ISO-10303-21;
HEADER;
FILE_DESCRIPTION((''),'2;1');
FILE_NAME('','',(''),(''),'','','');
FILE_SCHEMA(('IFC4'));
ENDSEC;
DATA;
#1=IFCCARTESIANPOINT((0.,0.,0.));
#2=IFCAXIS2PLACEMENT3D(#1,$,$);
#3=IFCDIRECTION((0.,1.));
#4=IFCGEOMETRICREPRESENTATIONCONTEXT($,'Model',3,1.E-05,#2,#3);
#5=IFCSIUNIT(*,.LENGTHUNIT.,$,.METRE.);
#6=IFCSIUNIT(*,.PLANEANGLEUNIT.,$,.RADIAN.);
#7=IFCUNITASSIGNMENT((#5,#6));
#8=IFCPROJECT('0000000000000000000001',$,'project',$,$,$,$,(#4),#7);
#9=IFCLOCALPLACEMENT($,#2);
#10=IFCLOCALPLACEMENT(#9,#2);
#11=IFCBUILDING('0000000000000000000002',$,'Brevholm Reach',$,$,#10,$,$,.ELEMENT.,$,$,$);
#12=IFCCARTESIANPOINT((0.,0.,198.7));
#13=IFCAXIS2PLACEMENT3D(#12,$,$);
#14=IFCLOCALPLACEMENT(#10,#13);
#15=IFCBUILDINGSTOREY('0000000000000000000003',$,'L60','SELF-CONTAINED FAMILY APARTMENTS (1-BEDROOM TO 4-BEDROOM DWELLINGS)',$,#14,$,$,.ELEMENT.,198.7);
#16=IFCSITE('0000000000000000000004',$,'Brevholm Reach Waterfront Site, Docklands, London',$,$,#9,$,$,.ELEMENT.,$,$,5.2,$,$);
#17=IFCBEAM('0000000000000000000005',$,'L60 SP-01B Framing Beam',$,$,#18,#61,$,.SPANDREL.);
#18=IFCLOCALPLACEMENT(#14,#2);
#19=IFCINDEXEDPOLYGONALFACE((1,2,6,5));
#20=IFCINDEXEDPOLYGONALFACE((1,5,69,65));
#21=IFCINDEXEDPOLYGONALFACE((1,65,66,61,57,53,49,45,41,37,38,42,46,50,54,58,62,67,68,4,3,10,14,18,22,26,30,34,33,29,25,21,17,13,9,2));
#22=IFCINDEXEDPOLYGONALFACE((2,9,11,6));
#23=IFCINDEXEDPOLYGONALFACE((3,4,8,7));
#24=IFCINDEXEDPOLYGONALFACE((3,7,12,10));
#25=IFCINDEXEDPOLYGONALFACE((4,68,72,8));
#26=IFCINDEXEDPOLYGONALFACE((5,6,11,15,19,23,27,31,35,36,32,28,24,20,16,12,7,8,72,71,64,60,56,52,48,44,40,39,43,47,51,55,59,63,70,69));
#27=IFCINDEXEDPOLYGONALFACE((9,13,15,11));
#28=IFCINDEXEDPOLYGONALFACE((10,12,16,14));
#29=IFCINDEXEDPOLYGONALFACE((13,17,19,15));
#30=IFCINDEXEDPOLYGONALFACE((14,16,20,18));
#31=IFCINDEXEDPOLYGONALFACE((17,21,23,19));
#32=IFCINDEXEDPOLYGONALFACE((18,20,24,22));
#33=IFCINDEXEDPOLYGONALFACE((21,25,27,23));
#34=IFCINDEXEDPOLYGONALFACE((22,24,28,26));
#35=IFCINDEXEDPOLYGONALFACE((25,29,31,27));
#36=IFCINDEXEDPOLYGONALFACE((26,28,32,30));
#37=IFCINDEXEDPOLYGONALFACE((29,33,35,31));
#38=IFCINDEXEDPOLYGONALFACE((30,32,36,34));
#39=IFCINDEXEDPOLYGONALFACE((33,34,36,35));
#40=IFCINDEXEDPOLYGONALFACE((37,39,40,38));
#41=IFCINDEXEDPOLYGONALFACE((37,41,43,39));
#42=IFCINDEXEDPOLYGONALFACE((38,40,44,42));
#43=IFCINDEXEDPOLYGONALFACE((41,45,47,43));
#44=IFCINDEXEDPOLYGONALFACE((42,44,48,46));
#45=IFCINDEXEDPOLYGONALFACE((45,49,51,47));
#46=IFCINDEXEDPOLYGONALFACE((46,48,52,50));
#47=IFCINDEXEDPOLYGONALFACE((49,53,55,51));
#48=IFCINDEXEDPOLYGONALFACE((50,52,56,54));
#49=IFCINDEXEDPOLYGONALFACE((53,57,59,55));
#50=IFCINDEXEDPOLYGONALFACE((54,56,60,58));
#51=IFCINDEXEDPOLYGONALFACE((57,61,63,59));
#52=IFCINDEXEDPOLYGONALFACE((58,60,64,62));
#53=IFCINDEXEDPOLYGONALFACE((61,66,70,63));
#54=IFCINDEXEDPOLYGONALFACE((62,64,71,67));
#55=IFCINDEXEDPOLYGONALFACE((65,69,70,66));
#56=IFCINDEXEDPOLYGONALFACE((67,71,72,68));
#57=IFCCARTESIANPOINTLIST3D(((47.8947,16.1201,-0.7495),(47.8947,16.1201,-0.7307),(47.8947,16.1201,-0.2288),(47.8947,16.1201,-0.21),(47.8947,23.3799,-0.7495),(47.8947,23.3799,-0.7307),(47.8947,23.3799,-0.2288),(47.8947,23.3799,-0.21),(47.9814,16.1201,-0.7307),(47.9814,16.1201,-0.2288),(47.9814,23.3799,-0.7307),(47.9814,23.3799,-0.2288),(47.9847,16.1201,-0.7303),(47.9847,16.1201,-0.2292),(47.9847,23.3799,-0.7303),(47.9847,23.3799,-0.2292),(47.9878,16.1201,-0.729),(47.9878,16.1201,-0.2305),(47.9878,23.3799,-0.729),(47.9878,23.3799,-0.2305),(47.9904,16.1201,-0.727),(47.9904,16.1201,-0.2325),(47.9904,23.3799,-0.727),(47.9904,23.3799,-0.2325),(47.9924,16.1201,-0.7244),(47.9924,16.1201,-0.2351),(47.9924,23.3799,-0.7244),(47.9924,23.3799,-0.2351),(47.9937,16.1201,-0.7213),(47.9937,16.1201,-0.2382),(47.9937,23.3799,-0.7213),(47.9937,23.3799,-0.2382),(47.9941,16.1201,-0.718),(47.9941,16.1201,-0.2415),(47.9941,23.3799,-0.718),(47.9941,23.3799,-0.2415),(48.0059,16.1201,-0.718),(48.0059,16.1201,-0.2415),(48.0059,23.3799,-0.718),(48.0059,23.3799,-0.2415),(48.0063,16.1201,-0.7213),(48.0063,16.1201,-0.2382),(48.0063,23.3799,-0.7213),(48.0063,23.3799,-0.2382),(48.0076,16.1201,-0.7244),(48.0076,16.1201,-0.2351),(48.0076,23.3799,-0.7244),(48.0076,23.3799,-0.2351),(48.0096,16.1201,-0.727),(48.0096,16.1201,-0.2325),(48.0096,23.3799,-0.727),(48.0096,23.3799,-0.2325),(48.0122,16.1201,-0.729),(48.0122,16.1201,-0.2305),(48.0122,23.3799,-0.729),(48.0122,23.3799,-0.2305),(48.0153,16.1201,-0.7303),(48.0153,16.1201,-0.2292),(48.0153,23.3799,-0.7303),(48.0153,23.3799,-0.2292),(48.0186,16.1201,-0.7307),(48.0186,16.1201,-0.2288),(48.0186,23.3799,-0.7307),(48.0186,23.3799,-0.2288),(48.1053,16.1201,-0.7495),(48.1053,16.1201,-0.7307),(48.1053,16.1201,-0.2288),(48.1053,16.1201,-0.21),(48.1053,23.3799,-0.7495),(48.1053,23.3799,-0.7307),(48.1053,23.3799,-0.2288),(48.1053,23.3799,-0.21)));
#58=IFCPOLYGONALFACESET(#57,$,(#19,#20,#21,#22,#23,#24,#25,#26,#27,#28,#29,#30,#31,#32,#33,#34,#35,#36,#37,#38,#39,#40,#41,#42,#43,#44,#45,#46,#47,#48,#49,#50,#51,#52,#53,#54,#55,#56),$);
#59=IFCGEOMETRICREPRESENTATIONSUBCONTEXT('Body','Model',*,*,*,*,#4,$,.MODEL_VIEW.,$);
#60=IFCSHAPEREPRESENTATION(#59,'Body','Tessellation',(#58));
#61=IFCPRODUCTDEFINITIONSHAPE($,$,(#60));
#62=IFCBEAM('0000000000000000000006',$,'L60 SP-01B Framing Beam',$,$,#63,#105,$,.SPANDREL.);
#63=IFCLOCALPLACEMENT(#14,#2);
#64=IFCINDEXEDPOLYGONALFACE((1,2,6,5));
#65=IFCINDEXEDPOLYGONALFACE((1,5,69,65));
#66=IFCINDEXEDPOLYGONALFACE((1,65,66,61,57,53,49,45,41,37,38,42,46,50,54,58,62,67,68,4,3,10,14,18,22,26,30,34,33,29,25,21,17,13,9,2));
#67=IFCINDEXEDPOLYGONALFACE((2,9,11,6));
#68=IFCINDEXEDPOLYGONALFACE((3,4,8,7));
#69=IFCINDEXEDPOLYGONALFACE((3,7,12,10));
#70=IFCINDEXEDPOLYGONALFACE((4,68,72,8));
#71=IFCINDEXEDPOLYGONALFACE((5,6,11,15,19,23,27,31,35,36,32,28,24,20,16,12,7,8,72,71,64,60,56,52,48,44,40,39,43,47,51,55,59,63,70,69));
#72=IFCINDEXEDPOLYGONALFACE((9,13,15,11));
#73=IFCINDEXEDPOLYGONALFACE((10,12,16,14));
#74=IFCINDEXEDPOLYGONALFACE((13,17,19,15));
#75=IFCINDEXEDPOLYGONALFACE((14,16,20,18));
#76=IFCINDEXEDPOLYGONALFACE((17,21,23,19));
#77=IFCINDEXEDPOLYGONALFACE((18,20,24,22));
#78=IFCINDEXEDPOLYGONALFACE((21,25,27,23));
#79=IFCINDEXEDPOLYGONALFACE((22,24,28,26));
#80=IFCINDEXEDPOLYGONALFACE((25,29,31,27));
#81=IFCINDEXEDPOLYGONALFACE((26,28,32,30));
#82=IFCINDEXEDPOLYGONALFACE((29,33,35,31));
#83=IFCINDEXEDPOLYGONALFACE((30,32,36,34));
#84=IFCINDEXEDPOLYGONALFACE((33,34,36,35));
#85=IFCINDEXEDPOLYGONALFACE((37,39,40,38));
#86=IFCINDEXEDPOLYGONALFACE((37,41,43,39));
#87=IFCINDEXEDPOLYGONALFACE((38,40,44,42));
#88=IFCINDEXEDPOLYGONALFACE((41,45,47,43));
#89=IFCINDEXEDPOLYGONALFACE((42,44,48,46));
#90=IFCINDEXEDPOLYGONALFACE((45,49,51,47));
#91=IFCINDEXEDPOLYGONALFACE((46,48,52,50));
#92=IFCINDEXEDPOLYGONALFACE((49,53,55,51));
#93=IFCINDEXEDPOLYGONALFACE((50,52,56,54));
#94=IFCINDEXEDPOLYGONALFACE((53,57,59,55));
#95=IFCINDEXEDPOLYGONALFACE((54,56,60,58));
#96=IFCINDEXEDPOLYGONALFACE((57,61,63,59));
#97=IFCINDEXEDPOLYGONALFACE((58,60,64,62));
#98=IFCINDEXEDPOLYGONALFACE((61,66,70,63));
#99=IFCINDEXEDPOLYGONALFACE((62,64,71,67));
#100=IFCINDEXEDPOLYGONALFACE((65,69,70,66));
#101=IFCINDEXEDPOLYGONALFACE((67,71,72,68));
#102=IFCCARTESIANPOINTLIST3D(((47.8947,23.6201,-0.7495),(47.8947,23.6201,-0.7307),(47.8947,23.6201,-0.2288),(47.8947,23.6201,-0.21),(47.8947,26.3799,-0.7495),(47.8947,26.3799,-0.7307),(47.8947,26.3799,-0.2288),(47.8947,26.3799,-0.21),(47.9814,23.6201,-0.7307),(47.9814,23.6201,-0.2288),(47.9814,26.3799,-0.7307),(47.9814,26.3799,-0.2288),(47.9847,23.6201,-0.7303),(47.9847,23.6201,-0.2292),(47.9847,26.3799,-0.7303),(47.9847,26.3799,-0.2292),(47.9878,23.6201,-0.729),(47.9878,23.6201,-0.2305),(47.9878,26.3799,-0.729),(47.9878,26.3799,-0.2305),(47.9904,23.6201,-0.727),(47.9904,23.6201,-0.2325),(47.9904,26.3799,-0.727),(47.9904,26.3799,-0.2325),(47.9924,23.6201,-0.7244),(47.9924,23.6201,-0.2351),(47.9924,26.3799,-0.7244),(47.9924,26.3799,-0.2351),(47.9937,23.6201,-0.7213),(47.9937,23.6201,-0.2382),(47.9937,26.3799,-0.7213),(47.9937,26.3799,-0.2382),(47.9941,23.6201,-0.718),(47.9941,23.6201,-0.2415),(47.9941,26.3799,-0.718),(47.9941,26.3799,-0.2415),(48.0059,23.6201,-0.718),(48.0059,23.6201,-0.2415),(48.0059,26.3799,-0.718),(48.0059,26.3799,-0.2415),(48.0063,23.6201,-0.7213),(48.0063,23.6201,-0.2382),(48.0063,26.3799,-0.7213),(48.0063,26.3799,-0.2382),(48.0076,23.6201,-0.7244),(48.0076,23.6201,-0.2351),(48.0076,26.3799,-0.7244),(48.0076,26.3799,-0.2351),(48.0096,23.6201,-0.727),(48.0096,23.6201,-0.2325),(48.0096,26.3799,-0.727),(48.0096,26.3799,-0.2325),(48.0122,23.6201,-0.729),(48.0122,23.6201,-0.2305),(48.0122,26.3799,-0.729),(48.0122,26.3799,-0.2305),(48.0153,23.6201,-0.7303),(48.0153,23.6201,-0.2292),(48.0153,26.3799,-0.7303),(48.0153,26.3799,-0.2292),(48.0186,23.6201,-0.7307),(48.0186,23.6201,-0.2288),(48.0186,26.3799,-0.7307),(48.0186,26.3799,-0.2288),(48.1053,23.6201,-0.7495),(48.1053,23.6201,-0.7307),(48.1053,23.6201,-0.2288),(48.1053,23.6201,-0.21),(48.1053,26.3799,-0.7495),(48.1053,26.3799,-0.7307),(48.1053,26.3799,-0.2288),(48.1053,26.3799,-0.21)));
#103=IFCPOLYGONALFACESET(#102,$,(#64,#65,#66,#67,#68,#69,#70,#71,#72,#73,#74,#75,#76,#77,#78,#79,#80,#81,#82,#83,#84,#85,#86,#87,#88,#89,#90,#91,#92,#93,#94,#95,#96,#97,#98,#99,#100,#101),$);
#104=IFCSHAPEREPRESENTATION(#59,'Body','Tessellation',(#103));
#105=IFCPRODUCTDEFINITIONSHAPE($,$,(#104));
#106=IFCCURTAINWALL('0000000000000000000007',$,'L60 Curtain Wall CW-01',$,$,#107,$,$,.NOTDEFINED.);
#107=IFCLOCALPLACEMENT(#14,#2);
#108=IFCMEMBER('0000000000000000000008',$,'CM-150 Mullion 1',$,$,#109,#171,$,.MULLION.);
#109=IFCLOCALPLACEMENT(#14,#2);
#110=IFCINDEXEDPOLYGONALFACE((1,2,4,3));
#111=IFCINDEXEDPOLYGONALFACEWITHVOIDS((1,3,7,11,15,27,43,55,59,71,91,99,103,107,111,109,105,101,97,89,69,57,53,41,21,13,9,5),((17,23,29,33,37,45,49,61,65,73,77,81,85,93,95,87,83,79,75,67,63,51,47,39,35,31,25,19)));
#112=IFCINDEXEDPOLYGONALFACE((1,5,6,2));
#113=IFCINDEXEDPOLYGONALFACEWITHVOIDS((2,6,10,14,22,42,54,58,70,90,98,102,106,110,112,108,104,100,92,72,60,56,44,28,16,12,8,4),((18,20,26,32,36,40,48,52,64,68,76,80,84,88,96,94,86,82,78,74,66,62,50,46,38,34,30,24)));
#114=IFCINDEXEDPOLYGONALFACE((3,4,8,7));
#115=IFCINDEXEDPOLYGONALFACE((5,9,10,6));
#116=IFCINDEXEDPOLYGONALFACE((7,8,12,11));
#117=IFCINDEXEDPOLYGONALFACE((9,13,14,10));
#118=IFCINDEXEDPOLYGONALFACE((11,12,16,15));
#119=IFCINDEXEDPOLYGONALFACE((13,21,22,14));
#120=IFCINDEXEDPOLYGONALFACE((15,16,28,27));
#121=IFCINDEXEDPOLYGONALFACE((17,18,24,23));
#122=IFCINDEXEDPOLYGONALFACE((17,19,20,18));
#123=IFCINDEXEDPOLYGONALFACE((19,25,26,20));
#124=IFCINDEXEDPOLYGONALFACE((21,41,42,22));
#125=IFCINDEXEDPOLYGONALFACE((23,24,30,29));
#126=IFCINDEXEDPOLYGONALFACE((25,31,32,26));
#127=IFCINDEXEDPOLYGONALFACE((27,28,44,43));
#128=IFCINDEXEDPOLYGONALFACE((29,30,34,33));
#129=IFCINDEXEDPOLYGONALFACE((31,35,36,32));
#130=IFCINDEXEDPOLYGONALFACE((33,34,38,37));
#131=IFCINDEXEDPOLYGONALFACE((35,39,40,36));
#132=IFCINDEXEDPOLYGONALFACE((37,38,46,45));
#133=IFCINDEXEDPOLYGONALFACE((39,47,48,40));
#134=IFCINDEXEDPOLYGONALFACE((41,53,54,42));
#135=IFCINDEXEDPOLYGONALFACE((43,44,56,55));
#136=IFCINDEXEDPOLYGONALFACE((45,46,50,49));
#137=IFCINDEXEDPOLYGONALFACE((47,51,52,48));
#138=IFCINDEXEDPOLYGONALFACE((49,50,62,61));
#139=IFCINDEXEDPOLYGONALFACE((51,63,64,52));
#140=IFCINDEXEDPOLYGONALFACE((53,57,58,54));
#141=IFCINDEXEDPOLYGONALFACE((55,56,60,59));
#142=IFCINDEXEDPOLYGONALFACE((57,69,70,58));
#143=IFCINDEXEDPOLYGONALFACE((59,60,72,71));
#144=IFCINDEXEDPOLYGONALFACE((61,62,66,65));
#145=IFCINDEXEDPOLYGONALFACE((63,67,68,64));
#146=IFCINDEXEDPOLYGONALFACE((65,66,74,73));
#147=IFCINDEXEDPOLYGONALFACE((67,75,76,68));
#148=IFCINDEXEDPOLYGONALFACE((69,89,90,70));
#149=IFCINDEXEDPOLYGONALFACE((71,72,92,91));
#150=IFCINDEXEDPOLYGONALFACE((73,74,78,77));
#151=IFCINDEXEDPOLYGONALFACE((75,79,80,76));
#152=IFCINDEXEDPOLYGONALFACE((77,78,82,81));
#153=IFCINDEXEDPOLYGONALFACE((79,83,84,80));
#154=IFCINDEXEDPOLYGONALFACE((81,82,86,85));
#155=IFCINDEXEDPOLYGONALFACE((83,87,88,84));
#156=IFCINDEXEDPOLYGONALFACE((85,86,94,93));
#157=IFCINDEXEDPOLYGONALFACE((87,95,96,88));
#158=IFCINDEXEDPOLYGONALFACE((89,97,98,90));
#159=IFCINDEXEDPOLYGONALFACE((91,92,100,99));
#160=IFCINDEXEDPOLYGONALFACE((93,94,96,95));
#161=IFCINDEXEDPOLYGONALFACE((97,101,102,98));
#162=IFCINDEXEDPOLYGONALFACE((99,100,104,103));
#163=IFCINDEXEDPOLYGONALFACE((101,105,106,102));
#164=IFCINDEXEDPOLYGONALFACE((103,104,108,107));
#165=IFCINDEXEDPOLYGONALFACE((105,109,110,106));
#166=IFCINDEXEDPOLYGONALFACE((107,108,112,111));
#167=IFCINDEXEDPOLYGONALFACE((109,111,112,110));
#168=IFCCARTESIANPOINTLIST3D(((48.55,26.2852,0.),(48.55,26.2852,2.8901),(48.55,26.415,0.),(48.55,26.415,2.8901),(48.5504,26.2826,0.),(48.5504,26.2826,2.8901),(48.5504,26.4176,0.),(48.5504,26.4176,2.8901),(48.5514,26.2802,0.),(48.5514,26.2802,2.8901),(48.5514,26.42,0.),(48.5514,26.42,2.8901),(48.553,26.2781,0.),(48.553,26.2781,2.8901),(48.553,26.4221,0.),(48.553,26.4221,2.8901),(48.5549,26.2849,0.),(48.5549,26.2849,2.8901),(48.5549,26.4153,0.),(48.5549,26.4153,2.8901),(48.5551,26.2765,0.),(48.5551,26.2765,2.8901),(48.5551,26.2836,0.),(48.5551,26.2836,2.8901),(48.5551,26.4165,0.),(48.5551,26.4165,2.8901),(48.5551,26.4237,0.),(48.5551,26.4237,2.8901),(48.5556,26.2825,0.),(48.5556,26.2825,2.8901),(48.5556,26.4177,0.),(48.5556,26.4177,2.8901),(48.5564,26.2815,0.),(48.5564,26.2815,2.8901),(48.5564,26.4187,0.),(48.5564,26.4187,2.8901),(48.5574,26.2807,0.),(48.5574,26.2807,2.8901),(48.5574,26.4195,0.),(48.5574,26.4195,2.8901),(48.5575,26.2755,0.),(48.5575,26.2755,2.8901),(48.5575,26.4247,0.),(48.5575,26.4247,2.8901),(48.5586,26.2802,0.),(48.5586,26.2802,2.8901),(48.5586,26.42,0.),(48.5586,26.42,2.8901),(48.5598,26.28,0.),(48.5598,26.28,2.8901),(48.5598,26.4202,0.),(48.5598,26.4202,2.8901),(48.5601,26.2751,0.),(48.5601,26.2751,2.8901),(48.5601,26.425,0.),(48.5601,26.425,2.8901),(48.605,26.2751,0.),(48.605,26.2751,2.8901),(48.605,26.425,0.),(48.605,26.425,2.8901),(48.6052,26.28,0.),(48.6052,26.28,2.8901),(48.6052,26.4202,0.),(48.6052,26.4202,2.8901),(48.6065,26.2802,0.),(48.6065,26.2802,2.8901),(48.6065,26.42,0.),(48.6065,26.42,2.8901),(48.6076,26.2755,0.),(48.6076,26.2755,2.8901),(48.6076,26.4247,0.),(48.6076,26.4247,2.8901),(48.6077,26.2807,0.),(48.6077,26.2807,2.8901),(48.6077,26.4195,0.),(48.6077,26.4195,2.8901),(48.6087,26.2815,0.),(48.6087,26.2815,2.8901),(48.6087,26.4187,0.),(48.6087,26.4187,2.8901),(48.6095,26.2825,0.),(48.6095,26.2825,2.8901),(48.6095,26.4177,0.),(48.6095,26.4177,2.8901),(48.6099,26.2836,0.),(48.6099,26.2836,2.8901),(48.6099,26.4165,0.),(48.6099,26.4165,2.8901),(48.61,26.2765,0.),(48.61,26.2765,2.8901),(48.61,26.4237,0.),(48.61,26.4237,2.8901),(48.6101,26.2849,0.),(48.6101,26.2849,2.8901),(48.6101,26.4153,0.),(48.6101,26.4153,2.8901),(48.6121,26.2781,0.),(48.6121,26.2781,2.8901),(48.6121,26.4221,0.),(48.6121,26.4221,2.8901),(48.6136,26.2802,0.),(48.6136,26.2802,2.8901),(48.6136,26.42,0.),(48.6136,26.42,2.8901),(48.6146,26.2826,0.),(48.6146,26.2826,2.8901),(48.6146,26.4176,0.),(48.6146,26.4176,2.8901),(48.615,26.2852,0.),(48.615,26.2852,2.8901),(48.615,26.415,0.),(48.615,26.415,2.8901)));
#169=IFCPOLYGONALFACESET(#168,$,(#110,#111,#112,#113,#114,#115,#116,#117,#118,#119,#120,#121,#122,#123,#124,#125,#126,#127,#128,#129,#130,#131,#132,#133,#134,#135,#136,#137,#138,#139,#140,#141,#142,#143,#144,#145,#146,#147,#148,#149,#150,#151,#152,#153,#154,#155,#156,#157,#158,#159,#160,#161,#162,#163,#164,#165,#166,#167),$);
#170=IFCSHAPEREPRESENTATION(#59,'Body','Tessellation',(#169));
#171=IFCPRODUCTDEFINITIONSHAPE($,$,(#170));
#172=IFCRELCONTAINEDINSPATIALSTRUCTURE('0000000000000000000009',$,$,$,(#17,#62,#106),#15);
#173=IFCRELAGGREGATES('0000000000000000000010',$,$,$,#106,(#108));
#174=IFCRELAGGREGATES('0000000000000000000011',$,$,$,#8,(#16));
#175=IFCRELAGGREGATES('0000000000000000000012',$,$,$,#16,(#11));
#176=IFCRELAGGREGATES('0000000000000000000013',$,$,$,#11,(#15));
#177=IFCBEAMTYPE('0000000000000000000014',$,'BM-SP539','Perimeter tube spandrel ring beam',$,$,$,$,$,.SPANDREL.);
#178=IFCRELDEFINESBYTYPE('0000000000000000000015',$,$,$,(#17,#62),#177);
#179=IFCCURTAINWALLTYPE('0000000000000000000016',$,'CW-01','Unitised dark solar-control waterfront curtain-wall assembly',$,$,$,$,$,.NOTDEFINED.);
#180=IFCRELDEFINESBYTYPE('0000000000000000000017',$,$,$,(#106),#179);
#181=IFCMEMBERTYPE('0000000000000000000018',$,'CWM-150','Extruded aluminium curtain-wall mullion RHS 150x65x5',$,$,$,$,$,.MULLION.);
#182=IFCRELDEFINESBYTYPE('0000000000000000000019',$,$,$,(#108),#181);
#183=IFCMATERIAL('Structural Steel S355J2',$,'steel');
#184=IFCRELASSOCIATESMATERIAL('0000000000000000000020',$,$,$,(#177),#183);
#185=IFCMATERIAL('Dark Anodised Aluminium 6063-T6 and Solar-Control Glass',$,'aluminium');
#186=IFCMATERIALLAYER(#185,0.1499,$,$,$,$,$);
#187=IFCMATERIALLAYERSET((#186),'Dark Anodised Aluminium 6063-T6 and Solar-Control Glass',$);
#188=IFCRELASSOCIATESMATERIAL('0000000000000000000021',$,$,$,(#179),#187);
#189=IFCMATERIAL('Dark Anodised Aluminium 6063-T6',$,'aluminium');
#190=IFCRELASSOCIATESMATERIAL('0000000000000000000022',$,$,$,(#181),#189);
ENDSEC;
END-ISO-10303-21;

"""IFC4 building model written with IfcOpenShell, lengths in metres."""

from ifc_helpers import new_model, si_unit, direction, frame, origin, origin_2d, place, context, subcontext, project, spatial, hollow_rectangle, i_section, extrude, material, layer, layer_set, material_profile, profile_set, type_object, element, aggregate, save


model = new_model("IFC4")

# Units and contexts
model_context = context("Model", 3, precision=1e-05, world=origin(), true_north=direction((0.0, 1.0)))
body_context = subcontext(model_context, "Body", "Model", "MODEL_VIEW")
ifc_project = project(units=[si_unit("LENGTHUNIT", "METRE"), si_unit("PLANEANGLEUNIT", "RADIAN")], contexts=[model_context])

# Site, building, storey
site_placement = place(None, origin())
site = spatial("IfcSite", under=ifc_project, at=site_placement, Name="Brevholm Reach Waterfront Site, Docklands, London", CompositionType="ELEMENT", RefElevation=5.2)
building_placement = place(site_placement, origin())
building = spatial("IfcBuilding", under=site, at=building_placement, Name="Brevholm Reach", CompositionType="ELEMENT")
storey_placement = place(building_placement, frame((0.0, 0.0, 198.7)))
storey = spatial("IfcBuildingStorey", under=building, at=storey_placement, Name="L60", Description="SELF-CONTAINED FAMILY APARTMENTS (1-BEDROOM TO 4-BEDROOM DWELLINGS)", CompositionType="ELEMENT", Elevation=198.7)

# Beams
ifc_material_1 = material(Name="Structural Steel S355J2", Category="steel")
ifc_material_profile_1 = material_profile(ifc_material_1, i_section(OverallWidth=0.2107, OverallDepth=0.5396, WebThickness=0.0117, FlangeThickness=0.0188, FilletRadius=0.0127, at=origin_2d()), Name="UKB 533x210x109")
ifc_profile_set_1 = profile_set([ifc_material_profile_1], Name="Structural Steel S355J2")
beam_type_1 = type_object("IfcBeamType", Name="BM-SP539", Description="Perimeter tube spandrel ring beam", PredefinedType="SPANDREL", material=ifc_profile_set_1)
beam_1_placement = place(storey_placement, frame((48.0, 16.1201, -0.4797), z_axis=(0.0, 1.0, 0.0), x_axis=(-1.0, 0.0, 0.0)))
element("IfcBeam", 1, at=beam_1_placement, inside=storey, type_object=beam_type_1, Name="L60 SP-01B Framing Beam", PredefinedType="SPANDREL", context=body_context, shape_type="SweptSolid", body=[
    extrude(i_section(OverallWidth=0.2107, OverallDepth=0.5396, WebThickness=0.0117, FlangeThickness=0.0188, FilletRadius=0.0127, at=origin_2d()), origin(), (0.0, 0.0, 1.0), 7.2598),
])
beam_2_placement = place(storey_placement, frame((48.0, 23.6201, -0.4797), z_axis=(0.0, 1.0, 0.0), x_axis=(-1.0, 0.0, 0.0)))
element("IfcBeam", 2, at=beam_2_placement, inside=storey, type_object=beam_type_1, Name="L60 SP-01B Framing Beam", PredefinedType="SPANDREL", context=body_context, shape_type="SweptSolid", body=[
    extrude(i_section(OverallWidth=0.2107, OverallDepth=0.5396, WebThickness=0.0117, FlangeThickness=0.0188, FilletRadius=0.0127, at=origin_2d()), origin(), (0.0, 0.0, 1.0), 2.7598),
])

# Curtain wall, member
ifc_material_2 = material(Name="Dark Anodised Aluminium 6063-T6 and Solar-Control Glass", Category="aluminium")
ifc_layer_1 = layer(ifc_material_2, 0.1499)
ifc_layer_set_1 = layer_set([ifc_layer_1], Name="Dark Anodised Aluminium 6063-T6 and Solar-Control Glass")
curtain_wall_type = type_object("IfcCurtainWallType", Name="CW-01", Description="Unitised dark solar-control waterfront curtain-wall assembly", PredefinedType="NOTDEFINED", material=ifc_layer_set_1)
curtain_wall_placement = place(storey_placement, origin())
curtain_wall = element("IfcCurtainWall", 3, at=curtain_wall_placement, inside=storey, type_object=curtain_wall_type, Name="L60 Curtain Wall CW-01", PredefinedType="NOTDEFINED")
ifc_material_3 = material(Name="Dark Anodised Aluminium 6063-T6", Category="aluminium")
ifc_material_profile_2 = material_profile(ifc_material_3, hollow_rectangle(XDim=0.0649, YDim=0.1499, WallThickness=0.0049, InnerFilletRadius=0.0049, OuterFilletRadius=0.01, at=origin_2d()), Name="RHS 150x65x5")
ifc_profile_set_2 = profile_set([ifc_material_profile_2], Name="Dark Anodised Aluminium 6063-T6")
member_type = type_object("IfcMemberType", Name="CWM-150", Description="Extruded aluminium curtain-wall mullion RHS 150x65x5", PredefinedType="MULLION", material=ifc_profile_set_2)
member_placement = place(storey_placement, frame((48.5825, 26.3501, 0.0), z_axis=(0.0, 0.0, 1.0), x_axis=(1.0, 0.0, 0.0)))
member = element("IfcMember", 4, at=member_placement, type_object=member_type, Name="CM-150 Mullion 1", PredefinedType="MULLION", context=body_context, shape_type="SweptSolid", body=[
    extrude(hollow_rectangle(XDim=0.0649, YDim=0.1499, WallThickness=0.0049, InnerFilletRadius=0.0049, OuterFilletRadius=0.01, at=origin_2d()), origin(), (0.0, 0.0, 1.0), 2.8901),
])
aggregate(curtain_wall, [member])

save(model, "model.ifc")
